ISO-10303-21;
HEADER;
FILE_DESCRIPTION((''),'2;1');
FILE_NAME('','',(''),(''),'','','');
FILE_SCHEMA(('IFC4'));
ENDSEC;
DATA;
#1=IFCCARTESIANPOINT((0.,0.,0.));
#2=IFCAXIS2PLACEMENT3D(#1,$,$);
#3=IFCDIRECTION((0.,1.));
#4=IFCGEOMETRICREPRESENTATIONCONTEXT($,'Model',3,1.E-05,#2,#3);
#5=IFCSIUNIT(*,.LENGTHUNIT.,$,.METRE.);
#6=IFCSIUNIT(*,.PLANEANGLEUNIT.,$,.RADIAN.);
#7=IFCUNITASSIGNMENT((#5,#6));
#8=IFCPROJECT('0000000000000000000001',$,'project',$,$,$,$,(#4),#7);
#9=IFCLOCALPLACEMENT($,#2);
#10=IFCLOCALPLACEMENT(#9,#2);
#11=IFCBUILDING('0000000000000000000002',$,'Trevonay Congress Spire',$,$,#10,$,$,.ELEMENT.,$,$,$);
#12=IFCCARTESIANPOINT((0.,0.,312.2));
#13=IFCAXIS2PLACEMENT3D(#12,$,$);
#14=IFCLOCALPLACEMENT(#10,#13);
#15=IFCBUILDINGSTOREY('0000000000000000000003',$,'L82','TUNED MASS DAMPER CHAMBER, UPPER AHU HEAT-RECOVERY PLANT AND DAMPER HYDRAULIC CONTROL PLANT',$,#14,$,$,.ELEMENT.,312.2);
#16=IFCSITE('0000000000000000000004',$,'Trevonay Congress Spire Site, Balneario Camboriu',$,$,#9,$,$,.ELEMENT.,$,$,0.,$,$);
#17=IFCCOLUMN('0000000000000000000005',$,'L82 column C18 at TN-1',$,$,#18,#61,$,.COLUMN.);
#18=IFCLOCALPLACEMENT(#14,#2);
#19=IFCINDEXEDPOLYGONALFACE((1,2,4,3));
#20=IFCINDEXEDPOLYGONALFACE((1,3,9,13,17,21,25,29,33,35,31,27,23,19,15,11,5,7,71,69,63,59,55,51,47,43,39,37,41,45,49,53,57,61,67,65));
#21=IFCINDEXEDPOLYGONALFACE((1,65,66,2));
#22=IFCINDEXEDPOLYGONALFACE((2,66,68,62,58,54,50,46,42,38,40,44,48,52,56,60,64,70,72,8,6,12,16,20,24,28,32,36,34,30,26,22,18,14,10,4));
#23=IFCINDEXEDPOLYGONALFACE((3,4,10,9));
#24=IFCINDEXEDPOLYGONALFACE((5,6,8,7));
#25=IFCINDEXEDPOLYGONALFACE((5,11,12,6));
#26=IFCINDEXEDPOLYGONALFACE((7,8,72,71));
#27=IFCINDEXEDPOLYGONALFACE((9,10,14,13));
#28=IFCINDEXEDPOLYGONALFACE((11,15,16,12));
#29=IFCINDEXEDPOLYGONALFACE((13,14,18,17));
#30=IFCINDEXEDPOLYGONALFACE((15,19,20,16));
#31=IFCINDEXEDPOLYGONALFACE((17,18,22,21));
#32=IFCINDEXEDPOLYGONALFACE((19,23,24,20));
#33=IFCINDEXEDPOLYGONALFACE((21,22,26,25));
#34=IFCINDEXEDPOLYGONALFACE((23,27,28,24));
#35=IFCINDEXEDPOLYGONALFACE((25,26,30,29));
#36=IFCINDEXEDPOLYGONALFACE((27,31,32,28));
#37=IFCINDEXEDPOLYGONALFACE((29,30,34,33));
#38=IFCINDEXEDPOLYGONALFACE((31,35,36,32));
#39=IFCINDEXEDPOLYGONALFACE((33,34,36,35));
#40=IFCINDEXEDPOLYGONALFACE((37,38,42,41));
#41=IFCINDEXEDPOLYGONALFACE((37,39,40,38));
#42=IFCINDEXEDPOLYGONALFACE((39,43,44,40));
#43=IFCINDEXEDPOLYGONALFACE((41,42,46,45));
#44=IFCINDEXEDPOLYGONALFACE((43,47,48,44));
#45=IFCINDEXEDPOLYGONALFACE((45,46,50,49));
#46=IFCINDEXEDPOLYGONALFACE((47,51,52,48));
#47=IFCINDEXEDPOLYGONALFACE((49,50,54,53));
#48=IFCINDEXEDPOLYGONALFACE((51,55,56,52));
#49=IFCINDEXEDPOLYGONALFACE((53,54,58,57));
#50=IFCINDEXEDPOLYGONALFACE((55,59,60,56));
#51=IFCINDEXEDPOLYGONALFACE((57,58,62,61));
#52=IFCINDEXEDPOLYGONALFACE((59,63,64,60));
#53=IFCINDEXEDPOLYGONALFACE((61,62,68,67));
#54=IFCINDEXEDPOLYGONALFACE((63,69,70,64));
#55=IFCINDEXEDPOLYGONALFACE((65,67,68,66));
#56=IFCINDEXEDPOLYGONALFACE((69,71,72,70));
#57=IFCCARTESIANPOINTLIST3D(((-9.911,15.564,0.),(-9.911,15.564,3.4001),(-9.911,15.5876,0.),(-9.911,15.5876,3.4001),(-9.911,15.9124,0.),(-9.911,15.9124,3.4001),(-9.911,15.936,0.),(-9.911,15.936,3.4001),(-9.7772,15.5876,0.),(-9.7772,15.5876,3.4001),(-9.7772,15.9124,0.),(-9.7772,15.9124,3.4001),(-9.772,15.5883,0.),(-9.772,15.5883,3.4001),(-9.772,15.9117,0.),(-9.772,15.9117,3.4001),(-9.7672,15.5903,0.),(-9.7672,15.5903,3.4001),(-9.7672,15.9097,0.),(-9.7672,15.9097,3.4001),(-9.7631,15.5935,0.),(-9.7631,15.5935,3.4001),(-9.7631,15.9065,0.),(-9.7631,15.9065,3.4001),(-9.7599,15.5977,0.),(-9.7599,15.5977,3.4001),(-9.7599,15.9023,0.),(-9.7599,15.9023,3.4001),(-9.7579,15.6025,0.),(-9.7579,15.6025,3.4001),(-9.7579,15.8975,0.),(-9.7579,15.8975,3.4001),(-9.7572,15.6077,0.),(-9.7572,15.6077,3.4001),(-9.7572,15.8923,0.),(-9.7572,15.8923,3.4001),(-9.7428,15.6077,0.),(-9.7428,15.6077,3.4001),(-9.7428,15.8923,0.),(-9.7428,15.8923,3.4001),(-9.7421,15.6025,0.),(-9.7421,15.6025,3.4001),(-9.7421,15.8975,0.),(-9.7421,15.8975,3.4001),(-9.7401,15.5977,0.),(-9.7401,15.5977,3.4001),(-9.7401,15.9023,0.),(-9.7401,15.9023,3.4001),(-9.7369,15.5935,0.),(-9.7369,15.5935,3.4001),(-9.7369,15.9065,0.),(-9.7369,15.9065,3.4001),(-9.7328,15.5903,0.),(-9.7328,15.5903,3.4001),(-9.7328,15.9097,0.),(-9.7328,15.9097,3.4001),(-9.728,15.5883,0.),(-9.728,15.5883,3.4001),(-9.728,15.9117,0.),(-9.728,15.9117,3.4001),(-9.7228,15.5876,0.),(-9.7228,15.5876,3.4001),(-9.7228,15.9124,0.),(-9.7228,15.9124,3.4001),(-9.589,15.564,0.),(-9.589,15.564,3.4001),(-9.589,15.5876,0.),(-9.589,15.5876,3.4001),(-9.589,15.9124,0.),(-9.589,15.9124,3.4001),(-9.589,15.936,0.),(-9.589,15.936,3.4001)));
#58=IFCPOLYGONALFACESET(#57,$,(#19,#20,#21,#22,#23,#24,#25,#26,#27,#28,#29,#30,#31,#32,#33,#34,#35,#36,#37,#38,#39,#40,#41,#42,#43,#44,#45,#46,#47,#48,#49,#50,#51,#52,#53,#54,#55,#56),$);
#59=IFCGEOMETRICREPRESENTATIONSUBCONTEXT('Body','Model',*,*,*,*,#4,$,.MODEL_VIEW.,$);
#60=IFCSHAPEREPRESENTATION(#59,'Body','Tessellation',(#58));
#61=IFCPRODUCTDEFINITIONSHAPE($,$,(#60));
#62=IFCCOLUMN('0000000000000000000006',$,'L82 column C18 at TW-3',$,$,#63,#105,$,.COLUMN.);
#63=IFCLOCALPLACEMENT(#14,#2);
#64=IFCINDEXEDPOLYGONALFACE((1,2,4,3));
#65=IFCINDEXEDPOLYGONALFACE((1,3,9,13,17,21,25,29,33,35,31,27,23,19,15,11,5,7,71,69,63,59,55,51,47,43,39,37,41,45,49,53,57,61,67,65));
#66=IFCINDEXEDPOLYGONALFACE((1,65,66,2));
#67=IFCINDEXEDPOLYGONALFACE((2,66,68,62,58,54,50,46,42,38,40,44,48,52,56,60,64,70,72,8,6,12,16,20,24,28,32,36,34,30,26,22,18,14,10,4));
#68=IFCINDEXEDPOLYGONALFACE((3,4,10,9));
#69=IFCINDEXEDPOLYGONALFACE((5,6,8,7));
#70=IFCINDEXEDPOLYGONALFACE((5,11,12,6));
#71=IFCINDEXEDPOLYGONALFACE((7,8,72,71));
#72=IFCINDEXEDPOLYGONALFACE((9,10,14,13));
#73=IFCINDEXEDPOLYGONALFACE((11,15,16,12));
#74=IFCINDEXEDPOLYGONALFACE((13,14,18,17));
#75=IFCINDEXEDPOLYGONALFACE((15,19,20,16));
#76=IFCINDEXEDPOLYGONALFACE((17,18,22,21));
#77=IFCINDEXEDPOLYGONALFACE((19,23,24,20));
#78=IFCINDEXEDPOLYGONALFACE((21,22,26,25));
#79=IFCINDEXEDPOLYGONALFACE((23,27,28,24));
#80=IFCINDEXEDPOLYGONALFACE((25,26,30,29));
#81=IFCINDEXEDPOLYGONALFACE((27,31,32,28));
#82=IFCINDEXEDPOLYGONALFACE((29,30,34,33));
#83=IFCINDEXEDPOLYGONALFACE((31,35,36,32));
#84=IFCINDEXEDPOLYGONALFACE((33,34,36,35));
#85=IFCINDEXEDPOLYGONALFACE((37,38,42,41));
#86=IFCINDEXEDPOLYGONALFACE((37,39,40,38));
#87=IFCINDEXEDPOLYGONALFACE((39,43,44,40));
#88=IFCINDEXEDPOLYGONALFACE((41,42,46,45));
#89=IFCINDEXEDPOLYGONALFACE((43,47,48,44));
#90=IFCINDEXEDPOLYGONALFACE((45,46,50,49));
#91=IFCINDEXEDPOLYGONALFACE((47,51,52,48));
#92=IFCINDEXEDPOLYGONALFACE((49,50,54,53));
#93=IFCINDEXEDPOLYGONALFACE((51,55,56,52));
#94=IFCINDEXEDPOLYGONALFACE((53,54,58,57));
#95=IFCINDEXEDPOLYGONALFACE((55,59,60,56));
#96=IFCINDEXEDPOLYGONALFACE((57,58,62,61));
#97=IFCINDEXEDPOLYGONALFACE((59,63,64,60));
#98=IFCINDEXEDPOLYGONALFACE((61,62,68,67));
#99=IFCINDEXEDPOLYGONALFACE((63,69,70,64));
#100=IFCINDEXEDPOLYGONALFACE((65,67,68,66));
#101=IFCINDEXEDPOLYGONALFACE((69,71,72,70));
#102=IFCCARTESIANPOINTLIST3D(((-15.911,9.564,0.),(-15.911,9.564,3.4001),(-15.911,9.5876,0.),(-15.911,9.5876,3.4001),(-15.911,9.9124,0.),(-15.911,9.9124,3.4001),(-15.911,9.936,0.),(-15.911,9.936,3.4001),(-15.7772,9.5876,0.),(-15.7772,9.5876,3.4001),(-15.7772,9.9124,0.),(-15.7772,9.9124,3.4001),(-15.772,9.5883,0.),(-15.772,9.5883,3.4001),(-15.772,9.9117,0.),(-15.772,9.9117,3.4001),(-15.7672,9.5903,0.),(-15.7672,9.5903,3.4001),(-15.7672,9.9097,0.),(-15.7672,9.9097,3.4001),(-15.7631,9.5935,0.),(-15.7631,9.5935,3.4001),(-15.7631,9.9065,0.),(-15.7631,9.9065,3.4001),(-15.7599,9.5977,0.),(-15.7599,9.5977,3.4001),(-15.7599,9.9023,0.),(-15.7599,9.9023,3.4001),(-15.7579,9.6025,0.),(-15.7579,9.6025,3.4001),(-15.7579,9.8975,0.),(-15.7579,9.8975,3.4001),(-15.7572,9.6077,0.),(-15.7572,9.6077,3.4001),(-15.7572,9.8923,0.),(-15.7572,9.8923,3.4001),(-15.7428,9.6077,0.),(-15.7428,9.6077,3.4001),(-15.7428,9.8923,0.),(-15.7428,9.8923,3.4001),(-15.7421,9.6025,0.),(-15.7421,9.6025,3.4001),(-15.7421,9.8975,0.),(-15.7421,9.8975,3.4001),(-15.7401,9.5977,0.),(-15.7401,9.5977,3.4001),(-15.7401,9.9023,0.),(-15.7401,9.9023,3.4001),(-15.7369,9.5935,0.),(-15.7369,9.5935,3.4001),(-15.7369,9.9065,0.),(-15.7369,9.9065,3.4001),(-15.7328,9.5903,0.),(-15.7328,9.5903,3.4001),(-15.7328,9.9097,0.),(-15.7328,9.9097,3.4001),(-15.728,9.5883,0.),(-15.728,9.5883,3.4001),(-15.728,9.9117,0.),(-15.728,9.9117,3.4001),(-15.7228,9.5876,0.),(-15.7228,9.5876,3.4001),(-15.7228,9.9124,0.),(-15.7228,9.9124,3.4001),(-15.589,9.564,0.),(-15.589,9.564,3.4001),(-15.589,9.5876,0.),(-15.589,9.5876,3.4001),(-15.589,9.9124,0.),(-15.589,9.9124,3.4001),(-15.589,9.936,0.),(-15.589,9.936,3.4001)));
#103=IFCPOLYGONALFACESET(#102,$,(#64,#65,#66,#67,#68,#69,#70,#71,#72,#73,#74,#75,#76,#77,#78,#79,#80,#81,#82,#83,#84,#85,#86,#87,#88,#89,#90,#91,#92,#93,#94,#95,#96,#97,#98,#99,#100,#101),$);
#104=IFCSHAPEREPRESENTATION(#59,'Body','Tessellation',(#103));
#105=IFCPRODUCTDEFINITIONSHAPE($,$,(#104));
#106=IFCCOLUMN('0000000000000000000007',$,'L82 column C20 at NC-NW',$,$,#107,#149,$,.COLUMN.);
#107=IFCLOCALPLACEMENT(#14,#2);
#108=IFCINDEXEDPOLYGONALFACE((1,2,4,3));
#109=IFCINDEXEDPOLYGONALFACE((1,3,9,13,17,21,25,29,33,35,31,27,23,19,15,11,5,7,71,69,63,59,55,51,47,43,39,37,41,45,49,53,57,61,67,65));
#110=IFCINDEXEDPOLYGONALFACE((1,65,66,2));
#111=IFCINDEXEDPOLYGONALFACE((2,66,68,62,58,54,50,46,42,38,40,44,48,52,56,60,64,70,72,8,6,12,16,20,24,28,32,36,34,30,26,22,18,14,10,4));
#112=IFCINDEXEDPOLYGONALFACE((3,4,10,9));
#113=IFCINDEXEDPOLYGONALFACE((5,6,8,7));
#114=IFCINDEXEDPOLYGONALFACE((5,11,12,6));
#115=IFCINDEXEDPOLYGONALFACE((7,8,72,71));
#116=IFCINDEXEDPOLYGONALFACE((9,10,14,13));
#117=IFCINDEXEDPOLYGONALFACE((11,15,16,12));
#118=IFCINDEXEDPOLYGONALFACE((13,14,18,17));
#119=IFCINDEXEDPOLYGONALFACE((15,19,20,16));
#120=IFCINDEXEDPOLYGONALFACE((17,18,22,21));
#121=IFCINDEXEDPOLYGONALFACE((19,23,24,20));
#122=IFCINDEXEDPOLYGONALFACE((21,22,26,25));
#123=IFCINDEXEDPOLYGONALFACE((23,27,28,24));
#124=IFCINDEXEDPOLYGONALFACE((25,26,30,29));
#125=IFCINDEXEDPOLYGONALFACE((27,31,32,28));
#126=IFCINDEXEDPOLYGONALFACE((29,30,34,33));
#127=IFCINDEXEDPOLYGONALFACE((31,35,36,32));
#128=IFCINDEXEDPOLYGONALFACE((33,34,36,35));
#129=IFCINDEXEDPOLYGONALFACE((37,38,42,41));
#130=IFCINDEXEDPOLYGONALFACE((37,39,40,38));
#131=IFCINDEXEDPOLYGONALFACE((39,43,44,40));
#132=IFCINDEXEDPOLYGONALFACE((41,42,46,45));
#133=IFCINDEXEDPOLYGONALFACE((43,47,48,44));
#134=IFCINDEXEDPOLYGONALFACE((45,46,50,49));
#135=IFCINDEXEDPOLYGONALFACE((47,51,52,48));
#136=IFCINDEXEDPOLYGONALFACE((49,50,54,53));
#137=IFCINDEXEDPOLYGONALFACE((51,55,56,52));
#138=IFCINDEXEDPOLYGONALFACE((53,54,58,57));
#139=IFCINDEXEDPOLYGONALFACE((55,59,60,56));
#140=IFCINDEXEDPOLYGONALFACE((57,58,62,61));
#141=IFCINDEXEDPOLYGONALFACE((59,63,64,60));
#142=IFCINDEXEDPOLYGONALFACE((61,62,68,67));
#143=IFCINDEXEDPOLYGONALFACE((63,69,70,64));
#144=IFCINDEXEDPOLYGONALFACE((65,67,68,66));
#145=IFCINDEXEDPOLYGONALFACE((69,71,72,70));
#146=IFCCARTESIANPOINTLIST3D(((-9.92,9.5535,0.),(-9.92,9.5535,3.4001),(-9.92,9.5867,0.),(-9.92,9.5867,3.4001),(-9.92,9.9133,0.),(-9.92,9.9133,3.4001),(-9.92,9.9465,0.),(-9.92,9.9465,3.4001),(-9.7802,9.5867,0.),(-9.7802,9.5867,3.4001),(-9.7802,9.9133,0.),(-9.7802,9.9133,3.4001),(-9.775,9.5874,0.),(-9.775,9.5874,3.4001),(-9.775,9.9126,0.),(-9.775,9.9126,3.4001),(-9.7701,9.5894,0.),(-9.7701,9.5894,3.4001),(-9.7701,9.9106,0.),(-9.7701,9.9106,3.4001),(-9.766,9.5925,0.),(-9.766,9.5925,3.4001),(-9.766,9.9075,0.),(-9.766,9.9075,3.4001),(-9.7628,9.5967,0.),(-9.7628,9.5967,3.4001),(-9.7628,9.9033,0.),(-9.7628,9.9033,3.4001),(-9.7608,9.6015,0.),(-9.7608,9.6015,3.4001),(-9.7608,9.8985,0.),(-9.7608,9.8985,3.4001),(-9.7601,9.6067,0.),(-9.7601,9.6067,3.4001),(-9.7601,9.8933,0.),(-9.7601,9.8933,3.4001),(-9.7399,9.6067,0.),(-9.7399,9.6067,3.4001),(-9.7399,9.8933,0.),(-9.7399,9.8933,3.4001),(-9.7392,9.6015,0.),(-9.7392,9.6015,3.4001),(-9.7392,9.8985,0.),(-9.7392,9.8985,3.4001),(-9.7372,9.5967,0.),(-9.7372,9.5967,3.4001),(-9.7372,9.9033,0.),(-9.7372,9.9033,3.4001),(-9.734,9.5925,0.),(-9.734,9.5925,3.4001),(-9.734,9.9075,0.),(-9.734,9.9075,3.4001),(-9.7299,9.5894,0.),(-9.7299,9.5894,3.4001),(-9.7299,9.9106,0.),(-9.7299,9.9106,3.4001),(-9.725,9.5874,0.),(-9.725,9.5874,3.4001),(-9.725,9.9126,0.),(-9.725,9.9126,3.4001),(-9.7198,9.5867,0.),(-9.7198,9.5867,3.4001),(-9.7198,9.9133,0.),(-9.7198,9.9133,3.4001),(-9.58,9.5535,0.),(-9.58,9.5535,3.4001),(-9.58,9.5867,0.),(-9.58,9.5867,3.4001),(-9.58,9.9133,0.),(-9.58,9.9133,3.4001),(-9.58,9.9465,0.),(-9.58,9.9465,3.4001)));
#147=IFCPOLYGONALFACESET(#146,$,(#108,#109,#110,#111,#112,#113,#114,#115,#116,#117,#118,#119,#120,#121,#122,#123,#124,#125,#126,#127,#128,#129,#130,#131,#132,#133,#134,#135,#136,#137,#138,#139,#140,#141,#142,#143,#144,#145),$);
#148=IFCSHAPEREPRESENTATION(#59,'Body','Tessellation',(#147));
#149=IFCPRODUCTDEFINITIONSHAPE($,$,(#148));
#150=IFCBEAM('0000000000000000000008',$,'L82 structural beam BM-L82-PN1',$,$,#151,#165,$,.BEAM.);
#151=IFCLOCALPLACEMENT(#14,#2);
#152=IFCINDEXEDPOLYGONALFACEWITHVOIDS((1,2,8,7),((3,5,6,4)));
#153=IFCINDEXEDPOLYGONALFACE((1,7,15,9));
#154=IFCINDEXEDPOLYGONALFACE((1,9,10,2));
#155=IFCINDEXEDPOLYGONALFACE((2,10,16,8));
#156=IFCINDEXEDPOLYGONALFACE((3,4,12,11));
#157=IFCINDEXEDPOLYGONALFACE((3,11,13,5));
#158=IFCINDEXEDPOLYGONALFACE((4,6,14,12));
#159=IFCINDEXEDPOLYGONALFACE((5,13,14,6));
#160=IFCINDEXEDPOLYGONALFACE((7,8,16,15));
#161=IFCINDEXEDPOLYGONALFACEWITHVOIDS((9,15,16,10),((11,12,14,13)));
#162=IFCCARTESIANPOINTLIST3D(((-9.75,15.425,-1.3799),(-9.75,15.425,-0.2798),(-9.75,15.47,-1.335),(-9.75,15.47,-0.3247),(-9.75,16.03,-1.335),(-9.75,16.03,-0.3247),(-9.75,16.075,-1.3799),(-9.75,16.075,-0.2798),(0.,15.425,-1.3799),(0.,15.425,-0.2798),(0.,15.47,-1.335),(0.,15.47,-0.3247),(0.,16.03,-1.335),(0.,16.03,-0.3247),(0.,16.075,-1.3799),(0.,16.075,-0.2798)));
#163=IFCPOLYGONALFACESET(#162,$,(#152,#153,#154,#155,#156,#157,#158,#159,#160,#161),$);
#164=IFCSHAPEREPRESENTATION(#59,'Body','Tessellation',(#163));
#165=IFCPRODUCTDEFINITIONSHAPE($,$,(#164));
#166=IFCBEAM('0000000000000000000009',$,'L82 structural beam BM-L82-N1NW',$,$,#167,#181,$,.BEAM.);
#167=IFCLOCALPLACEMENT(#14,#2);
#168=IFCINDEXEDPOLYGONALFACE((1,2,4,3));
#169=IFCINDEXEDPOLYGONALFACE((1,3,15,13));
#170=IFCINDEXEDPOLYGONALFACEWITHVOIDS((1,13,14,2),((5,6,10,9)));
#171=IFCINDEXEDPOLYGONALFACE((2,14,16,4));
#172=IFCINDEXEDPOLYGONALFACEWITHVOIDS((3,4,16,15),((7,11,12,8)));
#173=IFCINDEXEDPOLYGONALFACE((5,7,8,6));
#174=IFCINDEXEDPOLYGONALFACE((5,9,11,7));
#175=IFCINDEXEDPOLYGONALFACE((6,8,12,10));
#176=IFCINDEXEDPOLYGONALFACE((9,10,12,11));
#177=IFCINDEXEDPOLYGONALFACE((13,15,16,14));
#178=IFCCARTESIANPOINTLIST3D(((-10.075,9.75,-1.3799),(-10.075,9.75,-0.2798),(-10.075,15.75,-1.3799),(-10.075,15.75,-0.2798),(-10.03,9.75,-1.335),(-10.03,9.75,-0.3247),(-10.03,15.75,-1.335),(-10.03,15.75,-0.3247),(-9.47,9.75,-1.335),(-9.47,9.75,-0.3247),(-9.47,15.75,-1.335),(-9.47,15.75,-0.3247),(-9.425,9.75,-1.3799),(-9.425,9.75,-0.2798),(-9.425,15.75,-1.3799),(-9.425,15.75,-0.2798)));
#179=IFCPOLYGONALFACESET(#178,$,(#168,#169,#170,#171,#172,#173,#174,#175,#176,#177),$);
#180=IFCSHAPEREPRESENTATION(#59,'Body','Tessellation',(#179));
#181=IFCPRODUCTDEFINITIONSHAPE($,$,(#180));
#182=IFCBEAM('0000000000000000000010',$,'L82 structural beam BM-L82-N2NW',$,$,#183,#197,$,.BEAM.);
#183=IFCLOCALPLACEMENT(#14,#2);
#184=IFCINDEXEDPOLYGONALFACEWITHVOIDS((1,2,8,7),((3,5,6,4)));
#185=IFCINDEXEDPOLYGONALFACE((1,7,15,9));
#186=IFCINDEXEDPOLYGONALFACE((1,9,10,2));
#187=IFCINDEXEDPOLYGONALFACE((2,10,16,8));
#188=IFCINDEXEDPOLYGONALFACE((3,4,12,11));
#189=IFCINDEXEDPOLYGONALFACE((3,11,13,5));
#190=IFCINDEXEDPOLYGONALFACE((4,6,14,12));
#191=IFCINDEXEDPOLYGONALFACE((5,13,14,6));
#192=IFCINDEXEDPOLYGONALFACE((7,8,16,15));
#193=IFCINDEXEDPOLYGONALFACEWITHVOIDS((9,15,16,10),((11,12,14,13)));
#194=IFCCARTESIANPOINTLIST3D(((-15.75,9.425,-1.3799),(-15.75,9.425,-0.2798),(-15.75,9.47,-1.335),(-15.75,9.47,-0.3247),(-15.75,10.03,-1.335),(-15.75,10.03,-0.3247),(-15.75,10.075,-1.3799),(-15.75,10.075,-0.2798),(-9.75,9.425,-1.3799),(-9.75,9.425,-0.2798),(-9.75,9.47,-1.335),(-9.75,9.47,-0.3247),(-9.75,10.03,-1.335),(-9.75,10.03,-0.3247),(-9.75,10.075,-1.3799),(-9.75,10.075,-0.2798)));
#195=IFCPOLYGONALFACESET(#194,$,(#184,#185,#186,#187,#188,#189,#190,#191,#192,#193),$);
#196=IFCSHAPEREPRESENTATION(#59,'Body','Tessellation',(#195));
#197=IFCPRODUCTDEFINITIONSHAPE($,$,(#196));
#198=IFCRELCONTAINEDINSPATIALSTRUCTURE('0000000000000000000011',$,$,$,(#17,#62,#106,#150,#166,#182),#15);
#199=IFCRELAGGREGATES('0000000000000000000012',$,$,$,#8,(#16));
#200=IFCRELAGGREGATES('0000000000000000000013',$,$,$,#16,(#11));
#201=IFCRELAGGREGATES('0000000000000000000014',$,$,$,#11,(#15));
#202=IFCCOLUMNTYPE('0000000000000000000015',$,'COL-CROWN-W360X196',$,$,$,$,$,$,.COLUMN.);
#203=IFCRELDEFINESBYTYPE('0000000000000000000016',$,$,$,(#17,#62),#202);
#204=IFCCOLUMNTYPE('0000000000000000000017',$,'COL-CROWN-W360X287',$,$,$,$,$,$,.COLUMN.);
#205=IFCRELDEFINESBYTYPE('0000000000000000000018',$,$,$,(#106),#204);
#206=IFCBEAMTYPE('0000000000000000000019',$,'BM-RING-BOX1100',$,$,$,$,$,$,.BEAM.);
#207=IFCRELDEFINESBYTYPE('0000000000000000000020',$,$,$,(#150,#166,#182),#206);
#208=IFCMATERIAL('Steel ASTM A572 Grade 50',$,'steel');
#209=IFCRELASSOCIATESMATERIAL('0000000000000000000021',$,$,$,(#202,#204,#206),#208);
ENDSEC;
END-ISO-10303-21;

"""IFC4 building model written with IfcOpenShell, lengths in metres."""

from ifc_helpers import new_model, si_unit, direction, frame, origin, origin_2d, place, context, subcontext, project, spatial, hollow_rectangle, i_section, extrude, material, material_profile, profile_set, type_object, element, save


model = new_model("IFC4")

# Units and contexts
model_context = context("Model", 3, precision=1e-05, world=origin(), true_north=direction((0.0, 1.0)))
body_context = subcontext(model_context, "Body", "Model", "MODEL_VIEW")
ifc_project = project(units=[si_unit("LENGTHUNIT", "METRE"), si_unit("PLANEANGLEUNIT", "RADIAN")], contexts=[model_context])

# Site, building, storey
site_placement = place(None, origin())
site = spatial("IfcSite", under=ifc_project, at=site_placement, Name="Trevonay Congress Spire Site, Balneario Camboriu", CompositionType="ELEMENT", RefElevation=0.0)
building_placement = place(site_placement, origin())
building = spatial("IfcBuilding", under=site, at=building_placement, Name="Trevonay Congress Spire", CompositionType="ELEMENT")
storey_placement = place(building_placement, frame((0.0, 0.0, 312.2)))
storey = spatial("IfcBuildingStorey", under=building, at=storey_placement, Name="L82", Description="TUNED MASS DAMPER CHAMBER, UPPER AHU HEAT-RECOVERY PLANT AND DAMPER HYDRAULIC CONTROL PLANT", CompositionType="ELEMENT", Elevation=312.2)

# Columns
ifc_material_1 = material(Name="Steel ASTM A572 Grade 50", Category="steel")
ifc_material_profile_1 = material_profile(ifc_material_1, i_section(OverallWidth=0.322, OverallDepth=0.3721, WebThickness=0.0144, FlangeThickness=0.0237, FilletRadius=0.02, at=origin_2d()), Name="W360x196")
ifc_profile_set_1 = profile_set([ifc_material_profile_1], Name="Steel ASTM A572 Grade 50")
column_type_1 = type_object("IfcColumnType", Name="COL-CROWN-W360X196", PredefinedType="COLUMN", material=ifc_profile_set_1)
for number, where, z_axis, x_axis, name in (
    (1, (-9.75, 15.75, 0.0), (0.0, 0.0, 1.0), (1.0, 0.0, 0.0), "L82 column C18 at TN-1"),
    (2, (-15.75, 9.75, 0.0), (0.0, 0.0, 1.0), (1.0, 0.0, 0.0), "L82 column C18 at TW-3"),
):
    element("IfcColumn", number, at=place(storey_placement, frame(where, z_axis=z_axis, x_axis=x_axis)), inside=storey, type_object=column_type_1, Name=name, PredefinedType="COLUMN", context=body_context, shape_type="SweptSolid", body=[
        extrude(i_section(OverallWidth=0.322, OverallDepth=0.3721, WebThickness=0.0144, FlangeThickness=0.0237, FilletRadius=0.02, at=origin_2d()), origin(), (0.0, 0.0, 1.0), 3.4001),
    ])
ifc_material_profile_2 = material_profile(ifc_material_1, i_section(OverallWidth=0.3401, OverallDepth=0.3931, WebThickness=0.0203, FlangeThickness=0.0332, FilletRadius=0.02, at=origin_2d()), Name="W360x287")
ifc_profile_set_2 = profile_set([ifc_material_profile_2], Name="Steel ASTM A572 Grade 50")
column_type_2 = type_object("IfcColumnType", Name="COL-CROWN-W360X287", PredefinedType="COLUMN", material=ifc_profile_set_2)
column_placement = place(storey_placement, frame((-9.75, 9.75, 0.0), z_axis=(0.0, 0.0, 1.0), x_axis=(1.0, 0.0, 0.0)))
element("IfcColumn", 3, at=column_placement, inside=storey, type_object=column_type_2, Name="L82 column C20 at NC-NW", PredefinedType="COLUMN", context=body_context, shape_type="SweptSolid", body=[
    extrude(i_section(OverallWidth=0.3401, OverallDepth=0.3931, WebThickness=0.0203, FlangeThickness=0.0332, FilletRadius=0.02, at=origin_2d()), origin(), (0.0, 0.0, 1.0), 3.4001),
])

# Beams
ifc_material_profile_3 = material_profile(ifc_material_1, hollow_rectangle(XDim=0.6499, YDim=1.1001, WallThickness=0.0449, at=origin_2d()), Name="BOX 1100x650x45")
ifc_profile_set_3 = profile_set([ifc_material_profile_3], Name="Steel ASTM A572 Grade 50")
beam_type_1 = type_object("IfcBeamType", Name="BM-RING-BOX1100", PredefinedType="BEAM", material=ifc_profile_set_3)
beam_1_placement = place(storey_placement, frame((-9.75, 15.75, -0.8298), z_axis=(1.0, 0.0, 0.0), x_axis=(0.0, 1.0, 0.0)))
element("IfcBeam", 4, at=beam_1_placement, inside=storey, type_object=beam_type_1, Name="L82 structural beam BM-L82-PN1", PredefinedType="BEAM", context=body_context, shape_type="SweptSolid", body=[
    extrude(hollow_rectangle(XDim=0.6499, YDim=1.1001, WallThickness=0.0449, at=origin_2d()), origin(), (0.0, 0.0, 1.0), 9.75),
])
for number, where, z_axis, x_axis, name in (
    (5, (-9.75, 15.75, -0.8298), (0.0, -1.0, 0.0), (1.0, 0.0, 0.0), "L82 structural beam BM-L82-N1NW"),
    (6, (-15.75, 9.75, -0.8298), (1.0, 0.0, 0.0), (0.0, 1.0, 0.0), "L82 structural beam BM-L82-N2NW"),
):
    element("IfcBeam", number, at=place(storey_placement, frame(where, z_axis=z_axis, x_axis=x_axis)), inside=storey, type_object=beam_type_1, Name=name, PredefinedType="BEAM", context=body_context, shape_type="SweptSolid", body=[
        extrude(hollow_rectangle(XDim=0.6499, YDim=1.1001, WallThickness=0.0449, at=origin_2d()), origin(), (0.0, 0.0, 1.0), 6.0),
    ])

save(model, "model.ifc")
